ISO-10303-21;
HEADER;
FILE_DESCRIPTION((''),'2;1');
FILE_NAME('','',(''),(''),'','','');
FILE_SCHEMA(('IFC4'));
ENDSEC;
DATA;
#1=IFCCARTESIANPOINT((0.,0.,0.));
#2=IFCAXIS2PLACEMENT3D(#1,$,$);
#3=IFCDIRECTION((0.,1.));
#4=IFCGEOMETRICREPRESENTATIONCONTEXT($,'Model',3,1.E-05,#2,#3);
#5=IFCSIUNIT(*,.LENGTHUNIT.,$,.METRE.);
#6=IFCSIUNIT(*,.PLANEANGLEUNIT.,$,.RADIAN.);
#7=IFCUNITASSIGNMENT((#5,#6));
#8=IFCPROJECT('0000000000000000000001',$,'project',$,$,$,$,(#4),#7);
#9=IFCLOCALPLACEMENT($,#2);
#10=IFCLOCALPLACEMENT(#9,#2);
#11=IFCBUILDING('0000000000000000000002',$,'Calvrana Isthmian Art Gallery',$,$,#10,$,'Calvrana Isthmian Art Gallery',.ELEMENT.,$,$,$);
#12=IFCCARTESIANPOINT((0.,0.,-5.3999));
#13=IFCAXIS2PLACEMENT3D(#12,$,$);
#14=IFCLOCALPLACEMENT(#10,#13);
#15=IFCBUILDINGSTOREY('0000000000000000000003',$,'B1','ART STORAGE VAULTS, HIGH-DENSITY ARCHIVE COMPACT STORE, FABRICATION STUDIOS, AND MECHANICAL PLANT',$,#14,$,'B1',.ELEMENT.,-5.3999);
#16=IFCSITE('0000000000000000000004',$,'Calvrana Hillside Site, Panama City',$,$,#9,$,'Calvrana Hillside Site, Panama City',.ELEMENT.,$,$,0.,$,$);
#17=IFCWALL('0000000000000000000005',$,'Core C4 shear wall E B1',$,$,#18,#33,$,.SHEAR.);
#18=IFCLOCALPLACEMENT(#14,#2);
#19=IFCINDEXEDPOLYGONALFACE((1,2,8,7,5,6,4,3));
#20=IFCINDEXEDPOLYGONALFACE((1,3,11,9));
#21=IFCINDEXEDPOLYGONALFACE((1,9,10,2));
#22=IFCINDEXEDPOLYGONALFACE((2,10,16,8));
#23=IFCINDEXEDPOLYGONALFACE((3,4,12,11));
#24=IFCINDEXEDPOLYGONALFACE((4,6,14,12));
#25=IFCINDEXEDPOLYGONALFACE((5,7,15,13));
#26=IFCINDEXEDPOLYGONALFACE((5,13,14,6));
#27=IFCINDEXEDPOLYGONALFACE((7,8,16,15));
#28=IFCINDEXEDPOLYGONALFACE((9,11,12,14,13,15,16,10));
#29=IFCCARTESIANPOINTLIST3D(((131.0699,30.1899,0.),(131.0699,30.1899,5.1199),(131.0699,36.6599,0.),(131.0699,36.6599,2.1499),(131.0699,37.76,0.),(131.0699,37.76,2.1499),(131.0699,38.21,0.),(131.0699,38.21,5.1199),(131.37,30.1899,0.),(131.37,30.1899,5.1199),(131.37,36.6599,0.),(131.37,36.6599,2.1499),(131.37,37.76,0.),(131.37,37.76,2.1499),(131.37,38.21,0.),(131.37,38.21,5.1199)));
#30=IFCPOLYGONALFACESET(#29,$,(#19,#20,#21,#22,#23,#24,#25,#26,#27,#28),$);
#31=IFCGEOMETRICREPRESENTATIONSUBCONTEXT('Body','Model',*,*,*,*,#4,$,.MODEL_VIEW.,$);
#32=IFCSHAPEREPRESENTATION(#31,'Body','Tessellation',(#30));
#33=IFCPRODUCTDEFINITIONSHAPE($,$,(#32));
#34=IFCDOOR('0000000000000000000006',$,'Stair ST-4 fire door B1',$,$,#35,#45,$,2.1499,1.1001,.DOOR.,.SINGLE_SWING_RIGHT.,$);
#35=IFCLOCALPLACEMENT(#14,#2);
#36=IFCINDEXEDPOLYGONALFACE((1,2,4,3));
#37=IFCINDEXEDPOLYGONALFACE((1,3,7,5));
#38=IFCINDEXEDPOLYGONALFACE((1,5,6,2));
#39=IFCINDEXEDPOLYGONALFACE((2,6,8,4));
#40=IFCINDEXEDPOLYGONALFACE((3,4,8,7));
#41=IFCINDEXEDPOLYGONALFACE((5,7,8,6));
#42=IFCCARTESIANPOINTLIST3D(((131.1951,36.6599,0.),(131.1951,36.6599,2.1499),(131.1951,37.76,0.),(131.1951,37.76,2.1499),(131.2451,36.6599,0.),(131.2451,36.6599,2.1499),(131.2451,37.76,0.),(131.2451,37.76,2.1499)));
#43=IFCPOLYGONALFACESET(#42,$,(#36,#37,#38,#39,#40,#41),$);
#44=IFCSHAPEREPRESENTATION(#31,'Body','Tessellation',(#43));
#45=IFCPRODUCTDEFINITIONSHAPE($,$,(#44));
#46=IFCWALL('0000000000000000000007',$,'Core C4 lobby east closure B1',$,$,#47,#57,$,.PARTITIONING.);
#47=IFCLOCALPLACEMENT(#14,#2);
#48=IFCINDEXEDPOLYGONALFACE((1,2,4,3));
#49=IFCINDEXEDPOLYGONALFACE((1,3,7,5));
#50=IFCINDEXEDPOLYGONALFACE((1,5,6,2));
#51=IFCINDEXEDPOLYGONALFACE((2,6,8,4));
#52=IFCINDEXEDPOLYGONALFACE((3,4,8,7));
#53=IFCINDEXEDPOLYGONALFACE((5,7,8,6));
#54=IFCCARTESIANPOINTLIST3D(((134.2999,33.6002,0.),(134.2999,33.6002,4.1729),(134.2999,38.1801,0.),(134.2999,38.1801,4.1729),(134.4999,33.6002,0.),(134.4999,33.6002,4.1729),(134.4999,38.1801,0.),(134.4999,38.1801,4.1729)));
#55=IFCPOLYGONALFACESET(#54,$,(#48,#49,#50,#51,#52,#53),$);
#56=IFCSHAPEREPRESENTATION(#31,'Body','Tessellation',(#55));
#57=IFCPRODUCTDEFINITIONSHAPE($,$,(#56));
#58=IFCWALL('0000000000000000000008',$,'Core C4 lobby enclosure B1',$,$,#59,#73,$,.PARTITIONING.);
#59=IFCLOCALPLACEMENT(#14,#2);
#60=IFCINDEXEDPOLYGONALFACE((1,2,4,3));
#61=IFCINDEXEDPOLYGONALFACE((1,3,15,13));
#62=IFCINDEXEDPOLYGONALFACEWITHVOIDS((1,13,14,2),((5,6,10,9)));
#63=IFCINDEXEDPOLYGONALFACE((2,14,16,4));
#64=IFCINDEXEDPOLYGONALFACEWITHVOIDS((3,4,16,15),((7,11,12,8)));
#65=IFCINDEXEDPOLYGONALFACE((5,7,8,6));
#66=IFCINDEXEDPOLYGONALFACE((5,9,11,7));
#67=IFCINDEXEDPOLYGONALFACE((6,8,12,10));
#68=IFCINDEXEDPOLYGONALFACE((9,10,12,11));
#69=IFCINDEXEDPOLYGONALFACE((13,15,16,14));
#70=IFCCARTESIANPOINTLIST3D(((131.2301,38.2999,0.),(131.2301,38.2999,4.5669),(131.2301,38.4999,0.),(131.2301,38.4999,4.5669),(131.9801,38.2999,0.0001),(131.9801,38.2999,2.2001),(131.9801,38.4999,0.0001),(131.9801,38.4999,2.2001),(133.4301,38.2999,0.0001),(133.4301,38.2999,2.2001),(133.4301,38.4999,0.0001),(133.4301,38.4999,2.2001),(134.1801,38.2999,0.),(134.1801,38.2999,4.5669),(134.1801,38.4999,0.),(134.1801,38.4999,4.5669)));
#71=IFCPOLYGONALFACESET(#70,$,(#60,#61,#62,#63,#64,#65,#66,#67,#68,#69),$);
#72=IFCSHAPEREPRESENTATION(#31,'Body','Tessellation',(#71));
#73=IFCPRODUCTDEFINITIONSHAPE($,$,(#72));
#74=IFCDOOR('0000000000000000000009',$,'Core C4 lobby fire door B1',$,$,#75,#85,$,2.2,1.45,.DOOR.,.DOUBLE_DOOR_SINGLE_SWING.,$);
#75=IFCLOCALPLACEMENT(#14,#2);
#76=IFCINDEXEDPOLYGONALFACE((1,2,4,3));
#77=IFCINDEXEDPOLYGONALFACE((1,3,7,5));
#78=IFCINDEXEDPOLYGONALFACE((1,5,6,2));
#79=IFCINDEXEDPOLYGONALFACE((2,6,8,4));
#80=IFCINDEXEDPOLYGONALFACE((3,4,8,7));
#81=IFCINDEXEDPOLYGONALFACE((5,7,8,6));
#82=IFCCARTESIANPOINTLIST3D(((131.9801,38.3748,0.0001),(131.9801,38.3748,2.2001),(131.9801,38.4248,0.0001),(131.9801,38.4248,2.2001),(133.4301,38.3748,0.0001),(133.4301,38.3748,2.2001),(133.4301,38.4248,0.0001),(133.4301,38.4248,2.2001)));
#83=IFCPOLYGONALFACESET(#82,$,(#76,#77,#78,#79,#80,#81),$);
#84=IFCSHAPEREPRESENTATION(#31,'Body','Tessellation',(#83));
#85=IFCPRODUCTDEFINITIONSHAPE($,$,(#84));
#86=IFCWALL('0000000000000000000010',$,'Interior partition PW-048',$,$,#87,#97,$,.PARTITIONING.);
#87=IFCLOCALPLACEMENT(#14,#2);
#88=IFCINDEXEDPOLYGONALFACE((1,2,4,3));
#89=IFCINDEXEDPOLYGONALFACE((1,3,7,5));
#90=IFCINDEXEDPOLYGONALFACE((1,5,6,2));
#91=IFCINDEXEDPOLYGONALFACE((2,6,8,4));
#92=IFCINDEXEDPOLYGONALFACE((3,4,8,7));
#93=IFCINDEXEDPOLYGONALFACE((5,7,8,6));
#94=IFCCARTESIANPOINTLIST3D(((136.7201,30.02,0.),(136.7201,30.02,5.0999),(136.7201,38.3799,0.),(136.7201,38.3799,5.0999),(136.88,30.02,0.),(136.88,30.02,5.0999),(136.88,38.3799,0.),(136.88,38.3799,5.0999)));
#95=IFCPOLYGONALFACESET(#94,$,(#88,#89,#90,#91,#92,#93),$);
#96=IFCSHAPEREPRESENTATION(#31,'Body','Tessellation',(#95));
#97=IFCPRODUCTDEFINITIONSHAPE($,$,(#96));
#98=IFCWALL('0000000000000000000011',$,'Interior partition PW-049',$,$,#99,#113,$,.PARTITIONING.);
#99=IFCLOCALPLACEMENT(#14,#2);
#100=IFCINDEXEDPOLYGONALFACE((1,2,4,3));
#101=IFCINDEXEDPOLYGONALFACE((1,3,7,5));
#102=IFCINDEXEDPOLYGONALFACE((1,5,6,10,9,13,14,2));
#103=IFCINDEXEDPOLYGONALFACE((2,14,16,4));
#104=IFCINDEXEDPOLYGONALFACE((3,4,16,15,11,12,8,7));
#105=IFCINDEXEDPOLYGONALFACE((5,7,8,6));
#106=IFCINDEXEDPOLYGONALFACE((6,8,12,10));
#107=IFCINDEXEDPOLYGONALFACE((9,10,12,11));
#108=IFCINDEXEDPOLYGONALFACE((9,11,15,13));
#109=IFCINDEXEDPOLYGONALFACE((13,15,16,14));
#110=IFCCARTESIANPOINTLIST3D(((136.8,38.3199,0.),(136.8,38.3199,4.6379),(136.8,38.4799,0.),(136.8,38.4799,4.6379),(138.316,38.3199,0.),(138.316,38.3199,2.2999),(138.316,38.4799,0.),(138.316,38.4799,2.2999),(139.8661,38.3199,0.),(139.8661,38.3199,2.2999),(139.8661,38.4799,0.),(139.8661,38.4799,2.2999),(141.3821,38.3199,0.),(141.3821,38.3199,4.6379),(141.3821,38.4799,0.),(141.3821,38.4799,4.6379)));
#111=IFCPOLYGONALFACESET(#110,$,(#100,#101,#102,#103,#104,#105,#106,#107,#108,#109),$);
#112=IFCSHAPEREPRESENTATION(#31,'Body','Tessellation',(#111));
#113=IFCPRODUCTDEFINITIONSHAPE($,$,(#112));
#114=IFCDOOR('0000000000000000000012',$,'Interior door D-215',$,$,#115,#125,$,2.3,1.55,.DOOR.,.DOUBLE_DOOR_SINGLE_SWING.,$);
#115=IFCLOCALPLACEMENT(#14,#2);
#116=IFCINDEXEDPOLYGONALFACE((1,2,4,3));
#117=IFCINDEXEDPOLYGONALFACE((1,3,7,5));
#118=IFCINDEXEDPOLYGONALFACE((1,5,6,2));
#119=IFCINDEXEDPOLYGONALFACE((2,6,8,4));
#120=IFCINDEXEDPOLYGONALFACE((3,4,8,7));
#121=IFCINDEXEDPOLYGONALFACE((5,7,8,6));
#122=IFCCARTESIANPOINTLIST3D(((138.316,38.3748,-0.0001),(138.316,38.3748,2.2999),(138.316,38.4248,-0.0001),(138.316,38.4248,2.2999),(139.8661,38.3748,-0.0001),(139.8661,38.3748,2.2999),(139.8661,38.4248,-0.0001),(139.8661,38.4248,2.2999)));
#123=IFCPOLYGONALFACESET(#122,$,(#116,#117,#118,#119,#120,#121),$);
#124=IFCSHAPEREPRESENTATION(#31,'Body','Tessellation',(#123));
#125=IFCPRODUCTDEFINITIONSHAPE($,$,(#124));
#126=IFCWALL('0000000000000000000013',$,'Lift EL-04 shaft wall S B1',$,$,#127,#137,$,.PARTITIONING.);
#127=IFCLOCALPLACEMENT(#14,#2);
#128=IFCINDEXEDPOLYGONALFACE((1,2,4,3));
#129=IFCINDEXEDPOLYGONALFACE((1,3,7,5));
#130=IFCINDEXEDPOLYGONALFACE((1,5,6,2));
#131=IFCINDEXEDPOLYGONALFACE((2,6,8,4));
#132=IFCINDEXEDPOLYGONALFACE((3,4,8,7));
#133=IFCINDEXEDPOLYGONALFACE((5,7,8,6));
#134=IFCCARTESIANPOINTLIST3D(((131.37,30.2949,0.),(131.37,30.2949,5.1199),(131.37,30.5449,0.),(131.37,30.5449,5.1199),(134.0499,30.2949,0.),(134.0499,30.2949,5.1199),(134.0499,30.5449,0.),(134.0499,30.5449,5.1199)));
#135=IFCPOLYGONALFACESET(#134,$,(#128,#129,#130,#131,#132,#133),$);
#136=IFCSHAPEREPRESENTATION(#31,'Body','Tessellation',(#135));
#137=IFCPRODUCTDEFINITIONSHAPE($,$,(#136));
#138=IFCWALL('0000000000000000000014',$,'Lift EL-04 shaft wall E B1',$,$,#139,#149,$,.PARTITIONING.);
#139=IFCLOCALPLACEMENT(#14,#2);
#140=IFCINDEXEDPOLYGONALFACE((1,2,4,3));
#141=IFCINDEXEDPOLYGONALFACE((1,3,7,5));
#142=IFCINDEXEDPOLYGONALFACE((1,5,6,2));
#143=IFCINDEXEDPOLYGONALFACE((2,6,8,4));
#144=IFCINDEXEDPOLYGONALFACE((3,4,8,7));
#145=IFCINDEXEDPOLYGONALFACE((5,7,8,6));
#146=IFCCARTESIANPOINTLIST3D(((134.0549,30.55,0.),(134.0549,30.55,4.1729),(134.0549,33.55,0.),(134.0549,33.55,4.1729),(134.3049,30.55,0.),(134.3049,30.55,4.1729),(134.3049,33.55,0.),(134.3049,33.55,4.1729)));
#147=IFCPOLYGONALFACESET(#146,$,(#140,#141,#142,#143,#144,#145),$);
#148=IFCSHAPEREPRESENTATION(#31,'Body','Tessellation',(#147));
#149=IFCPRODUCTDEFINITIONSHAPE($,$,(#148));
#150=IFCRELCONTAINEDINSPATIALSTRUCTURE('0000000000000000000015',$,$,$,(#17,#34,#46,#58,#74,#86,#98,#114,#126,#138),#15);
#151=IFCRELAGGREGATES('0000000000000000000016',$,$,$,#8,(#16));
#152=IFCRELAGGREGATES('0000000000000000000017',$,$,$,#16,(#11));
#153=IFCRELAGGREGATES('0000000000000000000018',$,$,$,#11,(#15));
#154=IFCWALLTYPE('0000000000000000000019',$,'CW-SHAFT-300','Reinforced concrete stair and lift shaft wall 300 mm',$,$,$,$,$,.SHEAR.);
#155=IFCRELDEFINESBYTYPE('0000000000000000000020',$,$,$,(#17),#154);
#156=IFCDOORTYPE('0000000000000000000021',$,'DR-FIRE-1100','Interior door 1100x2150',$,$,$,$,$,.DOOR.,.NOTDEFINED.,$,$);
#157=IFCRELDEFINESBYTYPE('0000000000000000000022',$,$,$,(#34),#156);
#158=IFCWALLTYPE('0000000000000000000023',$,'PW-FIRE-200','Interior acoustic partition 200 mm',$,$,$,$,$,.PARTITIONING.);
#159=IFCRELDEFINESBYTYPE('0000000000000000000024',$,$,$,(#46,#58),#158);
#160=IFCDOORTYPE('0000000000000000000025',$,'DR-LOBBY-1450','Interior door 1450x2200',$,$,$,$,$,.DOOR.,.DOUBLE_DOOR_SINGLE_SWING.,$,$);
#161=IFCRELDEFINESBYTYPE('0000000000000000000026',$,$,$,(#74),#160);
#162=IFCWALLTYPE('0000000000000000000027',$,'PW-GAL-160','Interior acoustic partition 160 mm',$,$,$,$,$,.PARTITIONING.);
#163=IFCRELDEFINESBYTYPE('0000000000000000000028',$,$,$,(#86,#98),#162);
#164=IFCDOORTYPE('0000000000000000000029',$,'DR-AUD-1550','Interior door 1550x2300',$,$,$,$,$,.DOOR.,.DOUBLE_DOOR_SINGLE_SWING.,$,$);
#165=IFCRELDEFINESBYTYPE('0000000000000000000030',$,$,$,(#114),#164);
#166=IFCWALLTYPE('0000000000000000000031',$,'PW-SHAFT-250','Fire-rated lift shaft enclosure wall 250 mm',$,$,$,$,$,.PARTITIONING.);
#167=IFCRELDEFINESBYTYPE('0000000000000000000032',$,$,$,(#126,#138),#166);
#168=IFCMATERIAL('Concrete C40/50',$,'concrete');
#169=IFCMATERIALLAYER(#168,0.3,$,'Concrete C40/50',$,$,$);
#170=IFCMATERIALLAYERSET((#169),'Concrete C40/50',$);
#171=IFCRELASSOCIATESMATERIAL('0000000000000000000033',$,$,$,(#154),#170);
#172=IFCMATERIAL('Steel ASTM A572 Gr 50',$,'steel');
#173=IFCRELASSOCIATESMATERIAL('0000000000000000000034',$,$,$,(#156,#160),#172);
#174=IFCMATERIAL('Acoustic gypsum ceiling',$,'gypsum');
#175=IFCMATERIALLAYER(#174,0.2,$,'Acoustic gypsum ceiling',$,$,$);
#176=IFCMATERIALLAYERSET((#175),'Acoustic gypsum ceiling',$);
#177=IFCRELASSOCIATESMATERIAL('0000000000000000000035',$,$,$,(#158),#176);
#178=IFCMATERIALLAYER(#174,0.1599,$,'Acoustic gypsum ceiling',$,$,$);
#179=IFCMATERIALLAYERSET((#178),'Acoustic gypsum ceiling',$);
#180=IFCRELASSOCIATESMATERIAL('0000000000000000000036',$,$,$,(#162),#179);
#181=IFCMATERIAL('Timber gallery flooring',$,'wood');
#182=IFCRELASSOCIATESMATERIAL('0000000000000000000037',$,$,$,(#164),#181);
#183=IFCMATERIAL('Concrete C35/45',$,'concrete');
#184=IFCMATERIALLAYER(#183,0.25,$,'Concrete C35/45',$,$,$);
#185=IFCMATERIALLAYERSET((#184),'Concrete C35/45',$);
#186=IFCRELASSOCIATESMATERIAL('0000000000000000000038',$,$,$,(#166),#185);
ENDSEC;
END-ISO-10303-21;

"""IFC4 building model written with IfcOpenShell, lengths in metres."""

from ifc_helpers import new_model, si_unit, direction, frame, frame_2d, origin, place, context, subcontext, project, spatial, rectangle, extrude, material, layer, layer_set, type_object, element, fill, save


model = new_model("IFC4")

# Units and contexts
model_context = context("Model", 3, precision=1e-05, world=origin(), true_north=direction((0.0, 1.0)))
body_context = subcontext(model_context, "Body", "Model", "MODEL_VIEW")
ifc_project = project(units=[si_unit("LENGTHUNIT", "METRE"), si_unit("PLANEANGLEUNIT", "RADIAN")], contexts=[model_context])

# Site, building, storey
site_placement = place(None, origin())
site = spatial("IfcSite", under=ifc_project, at=site_placement, Name="Calvrana Hillside Site, Panama City", LongName="Calvrana Hillside Site, Panama City", CompositionType="ELEMENT", RefElevation=0.0)
building_placement = place(site_placement, origin())
building = spatial("IfcBuilding", under=site, at=building_placement, Name="Calvrana Isthmian Art Gallery", LongName="Calvrana Isthmian Art Gallery", CompositionType="ELEMENT")
storey_placement = place(building_placement, frame((0.0, 0.0, -5.3999)))
storey = spatial("IfcBuildingStorey", under=building, at=storey_placement, Name="B1", Description="ART STORAGE VAULTS, HIGH-DENSITY ARCHIVE COMPACT STORE, FABRICATION STUDIOS, AND MECHANICAL PLANT", LongName="B1", CompositionType="ELEMENT", Elevation=-5.3999)

# Shared definitions
ifc_material_1 = material(Name="Concrete C35/45", Category="concrete")

# Shared definitions
ifc_material_2 = material(Name="Steel ASTM A572 Gr 50", Category="steel")

# Wall, opening, door
ifc_material_3 = material(Name="Concrete C40/50", Category="concrete")
ifc_layer_1 = layer(ifc_material_3, 0.3, Name="Concrete C40/50")
ifc_layer_set_1 = layer_set([ifc_layer_1], Name="Concrete C40/50")
wall_type_1 = type_object("IfcWallType", Name="CW-SHAFT-300", Description="Reinforced concrete stair and lift shaft wall 300 mm", PredefinedType="SHEAR", material=ifc_layer_set_1)
wall_1_placement = place(storey_placement, frame((131.22, 30.1899, 0.0), z_axis=(0.0, 0.0, 1.0), x_axis=(0.0, 1.0, 0.0)))
wall_1 = element("IfcWall", 1, at=wall_1_placement, inside=storey, type_object=wall_type_1, Name="Core C4 shear wall E B1", PredefinedType="SHEAR", context=body_context, shape_type="SweptSolid", body=[
    extrude(rectangle(XDim=8.02, YDim=0.3, at=frame_2d((4.01, 0.0))), origin(), (0.0, 0.0, 1.0), 5.1199),
])
opening_1_placement = place(wall_1_placement, frame((6.47, 0.0, 0.0)))
opening_1 = element("IfcOpeningElement", 2, at=opening_1_placement, cuts=wall_1, PredefinedType="OPENING", context=body_context, shape_type="SweptSolid", body=[
    extrude(rectangle(XDim=1.1001, YDim=2.1499, at=frame_2d((0.55, 1.075))), frame((0.0, 0.1602, 0.0), z_axis=(0.0, -1.0, 0.0), x_axis=(1.0, 0.0, 0.0)), (0.0, 0.0, 1.0), 0.3206),
])
door_type_1 = type_object("IfcDoorType", Name="DR-FIRE-1100", Description="Interior door 1100x2150", OperationType="NOTDEFINED", PredefinedType="DOOR", material=ifc_material_2)
door_1_placement = place(opening_1_placement, origin())
door_1 = element("IfcDoor", 3, at=door_1_placement, inside=storey, type_object=door_type_1, Name="Stair ST-4 fire door B1", OperationType="SINGLE_SWING_RIGHT", OverallHeight=2.1499, OverallWidth=1.1001, PredefinedType="DOOR", context=body_context, shape_type="SweptSolid", body=[
    extrude(rectangle(XDim=1.1001, YDim=2.1499, at=frame_2d((0.55, 1.075))), frame((0.0, 0.0249, 0.0), z_axis=(0.0, -1.0, 0.0), x_axis=(1.0, 0.0, 0.0)), (0.0, 0.0, 1.0), 0.05),
])
fill(opening_1, door_1)

# Wall
ifc_material_4 = material(Name="Acoustic gypsum ceiling", Category="gypsum")
ifc_layer_2 = layer(ifc_material_4, 0.2, Name="Acoustic gypsum ceiling")
ifc_layer_set_2 = layer_set([ifc_layer_2], Name="Acoustic gypsum ceiling")
wall_type_2 = type_object("IfcWallType", Name="PW-FIRE-200", Description="Interior acoustic partition 200 mm", PredefinedType="PARTITIONING", material=ifc_layer_set_2)
wall_2_placement = place(storey_placement, frame((134.3999, 33.6001, 0.0), z_axis=(0.0, 0.0, 1.0), x_axis=(0.0, 1.0, 0.0)))
element("IfcWall", 4, at=wall_2_placement, inside=storey, type_object=wall_type_2, Name="Core C4 lobby east closure B1", PredefinedType="PARTITIONING", context=body_context, shape_type="SweptSolid", body=[
    extrude(rectangle(XDim=4.5798, YDim=0.2, at=frame_2d((2.29, 0.0))), origin(), (0.0, 0.0, 1.0), 4.1729),
])

# Wall, opening, door
wall_3_placement = place(storey_placement, frame((131.23, 38.3999, 0.0), z_axis=(0.0, 0.0, 1.0), x_axis=(1.0, 0.0, 0.0)))
wall_3 = element("IfcWall", 5, at=wall_3_placement, inside=storey, type_object=wall_type_2, Name="Core C4 lobby enclosure B1", PredefinedType="PARTITIONING", context=body_context, shape_type="SweptSolid", body=[
    extrude(rectangle(XDim=2.95, YDim=0.2, at=frame_2d((1.4751, 0.0))), origin(), (0.0, 0.0, 1.0), 4.5669),
])
opening_2_placement = place(wall_3_placement, frame((0.75, 0.0, 0.0)))
opening_2 = element("IfcOpeningElement", 6, at=opening_2_placement, cuts=wall_3, PredefinedType="OPENING", context=body_context, shape_type="SweptSolid", body=[
    extrude(rectangle(XDim=1.45, YDim=2.2, at=frame_2d((0.7251, 1.1001))), frame((0.0, 0.1104, 0.0), z_axis=(0.0, -1.0, 0.0), x_axis=(1.0, 0.0, 0.0)), (0.0, 0.0, 1.0), 0.2205),
])
door_type_2 = type_object("IfcDoorType", Name="DR-LOBBY-1450", Description="Interior door 1450x2200", OperationType="DOUBLE_DOOR_SINGLE_SWING", PredefinedType="DOOR", material=ifc_material_2)
door_2_placement = place(opening_2_placement, origin())
door_2 = element("IfcDoor", 7, at=door_2_placement, inside=storey, type_object=door_type_2, Name="Core C4 lobby fire door B1", OperationType="DOUBLE_DOOR_SINGLE_SWING", OverallHeight=2.2, OverallWidth=1.45, PredefinedType="DOOR", context=body_context, shape_type="SweptSolid", body=[
    extrude(rectangle(XDim=1.45, YDim=2.2, at=frame_2d((0.7251, 1.1001))), frame((0.0, 0.0249, 0.0), z_axis=(0.0, -1.0, 0.0), x_axis=(1.0, 0.0, 0.0)), (0.0, 0.0, 1.0), 0.05),
])
fill(opening_2, door_2)

# Wall
ifc_layer_3 = layer(ifc_material_4, 0.1599, Name="Acoustic gypsum ceiling")
ifc_layer_set_3 = layer_set([ifc_layer_3], Name="Acoustic gypsum ceiling")
wall_type_3 = type_object("IfcWallType", Name="PW-GAL-160", Description="Interior acoustic partition 160 mm", PredefinedType="PARTITIONING", material=ifc_layer_set_3)
wall_4_placement = place(storey_placement, frame((136.8, 30.02, 0.0), z_axis=(0.0, 0.0, 1.0), x_axis=(0.0, 1.0, 0.0)))
element("IfcWall", 8, at=wall_4_placement, inside=storey, type_object=wall_type_3, Name="Interior partition PW-048", PredefinedType="PARTITIONING", context=body_context, shape_type="SweptSolid", body=[
    extrude(rectangle(XDim=8.3599, YDim=0.1599, at=frame_2d((4.1799, 0.0))), origin(), (0.0, 0.0, 1.0), 5.0999),
])

# Wall, opening, door
wall_5_placement = place(storey_placement, frame((136.8, 38.3999, 0.0), z_axis=(0.0, 0.0, 1.0), x_axis=(1.0, 0.0, 0.0)))
wall_5 = element("IfcWall", 9, at=wall_5_placement, inside=storey, type_object=wall_type_3, Name="Interior partition PW-049", PredefinedType="PARTITIONING", context=body_context, shape_type="SweptSolid", body=[
    extrude(rectangle(XDim=4.582, YDim=0.1599, at=frame_2d((2.291, 0.0))), origin(), (0.0, 0.0, 1.0), 4.6379),
])
opening_3_placement = place(wall_5_placement, frame((1.5161, 0.0, 0.0)))
opening_3 = element("IfcOpeningElement", 10, at=opening_3_placement, cuts=wall_5, PredefinedType="OPENING", context=body_context, shape_type="SweptSolid", body=[
    extrude(rectangle(XDim=1.55, YDim=2.3, at=frame_2d((0.7749, 1.1499))), frame((0.0, 0.0903, 0.0), z_axis=(0.0, -1.0, 0.0), x_axis=(1.0, 0.0, 0.0)), (0.0, 0.0, 1.0), 0.1804),
])
ifc_material_5 = material(Name="Timber gallery flooring", Category="wood")
door_type_3 = type_object("IfcDoorType", Name="DR-AUD-1550", Description="Interior door 1550x2300", OperationType="DOUBLE_DOOR_SINGLE_SWING", PredefinedType="DOOR", material=ifc_material_5)
door_3_placement = place(opening_3_placement, origin())
door_3 = element("IfcDoor", 11, at=door_3_placement, inside=storey, type_object=door_type_3, Name="Interior door D-215", OperationType="DOUBLE_DOOR_SINGLE_SWING", OverallHeight=2.3, OverallWidth=1.55, PredefinedType="DOOR", context=body_context, shape_type="SweptSolid", body=[
    extrude(rectangle(XDim=1.55, YDim=2.3, at=frame_2d((0.7749, 1.1499))), frame((0.0, 0.0249, 0.0), z_axis=(0.0, -1.0, 0.0), x_axis=(1.0, 0.0, 0.0)), (0.0, 0.0, 1.0), 0.05),
])
fill(opening_3, door_3)

# Walls
ifc_layer_4 = layer(ifc_material_1, 0.25, Name="Concrete C35/45")
ifc_layer_set_4 = layer_set([ifc_layer_4], Name="Concrete C35/45")
wall_type_4 = type_object("IfcWallType", Name="PW-SHAFT-250", Description="Fire-rated lift shaft enclosure wall 250 mm", PredefinedType="PARTITIONING", material=ifc_layer_set_4)
wall_6_placement = place(storey_placement, frame((131.3701, 30.4199, 0.0), z_axis=(0.0, 0.0, 1.0), x_axis=(1.0, 0.0, 0.0)))
element("IfcWall", 12, at=wall_6_placement, inside=storey, type_object=wall_type_4, Name="Lift EL-04 shaft wall S B1", PredefinedType="PARTITIONING", context=body_context, shape_type="SweptSolid", body=[
    extrude(rectangle(XDim=2.6799, YDim=0.25, at=frame_2d((1.3398, 0.0))), origin(), (0.0, 0.0, 1.0), 5.1199),
])
wall_7_placement = place(storey_placement, frame((134.1799, 30.55, 0.0), z_axis=(0.0, 0.0, 1.0), x_axis=(0.0, 1.0, 0.0)))
element("IfcWall", 13, at=wall_7_placement, inside=storey, type_object=wall_type_4, Name="Lift EL-04 shaft wall E B1", PredefinedType="PARTITIONING", context=body_context, shape_type="SweptSolid", body=[
    extrude(rectangle(XDim=3.0, YDim=0.25, at=frame_2d((1.5, 0.0))), origin(), (0.0, 0.0, 1.0), 4.1729),
])

save(model, "model.ifc")
